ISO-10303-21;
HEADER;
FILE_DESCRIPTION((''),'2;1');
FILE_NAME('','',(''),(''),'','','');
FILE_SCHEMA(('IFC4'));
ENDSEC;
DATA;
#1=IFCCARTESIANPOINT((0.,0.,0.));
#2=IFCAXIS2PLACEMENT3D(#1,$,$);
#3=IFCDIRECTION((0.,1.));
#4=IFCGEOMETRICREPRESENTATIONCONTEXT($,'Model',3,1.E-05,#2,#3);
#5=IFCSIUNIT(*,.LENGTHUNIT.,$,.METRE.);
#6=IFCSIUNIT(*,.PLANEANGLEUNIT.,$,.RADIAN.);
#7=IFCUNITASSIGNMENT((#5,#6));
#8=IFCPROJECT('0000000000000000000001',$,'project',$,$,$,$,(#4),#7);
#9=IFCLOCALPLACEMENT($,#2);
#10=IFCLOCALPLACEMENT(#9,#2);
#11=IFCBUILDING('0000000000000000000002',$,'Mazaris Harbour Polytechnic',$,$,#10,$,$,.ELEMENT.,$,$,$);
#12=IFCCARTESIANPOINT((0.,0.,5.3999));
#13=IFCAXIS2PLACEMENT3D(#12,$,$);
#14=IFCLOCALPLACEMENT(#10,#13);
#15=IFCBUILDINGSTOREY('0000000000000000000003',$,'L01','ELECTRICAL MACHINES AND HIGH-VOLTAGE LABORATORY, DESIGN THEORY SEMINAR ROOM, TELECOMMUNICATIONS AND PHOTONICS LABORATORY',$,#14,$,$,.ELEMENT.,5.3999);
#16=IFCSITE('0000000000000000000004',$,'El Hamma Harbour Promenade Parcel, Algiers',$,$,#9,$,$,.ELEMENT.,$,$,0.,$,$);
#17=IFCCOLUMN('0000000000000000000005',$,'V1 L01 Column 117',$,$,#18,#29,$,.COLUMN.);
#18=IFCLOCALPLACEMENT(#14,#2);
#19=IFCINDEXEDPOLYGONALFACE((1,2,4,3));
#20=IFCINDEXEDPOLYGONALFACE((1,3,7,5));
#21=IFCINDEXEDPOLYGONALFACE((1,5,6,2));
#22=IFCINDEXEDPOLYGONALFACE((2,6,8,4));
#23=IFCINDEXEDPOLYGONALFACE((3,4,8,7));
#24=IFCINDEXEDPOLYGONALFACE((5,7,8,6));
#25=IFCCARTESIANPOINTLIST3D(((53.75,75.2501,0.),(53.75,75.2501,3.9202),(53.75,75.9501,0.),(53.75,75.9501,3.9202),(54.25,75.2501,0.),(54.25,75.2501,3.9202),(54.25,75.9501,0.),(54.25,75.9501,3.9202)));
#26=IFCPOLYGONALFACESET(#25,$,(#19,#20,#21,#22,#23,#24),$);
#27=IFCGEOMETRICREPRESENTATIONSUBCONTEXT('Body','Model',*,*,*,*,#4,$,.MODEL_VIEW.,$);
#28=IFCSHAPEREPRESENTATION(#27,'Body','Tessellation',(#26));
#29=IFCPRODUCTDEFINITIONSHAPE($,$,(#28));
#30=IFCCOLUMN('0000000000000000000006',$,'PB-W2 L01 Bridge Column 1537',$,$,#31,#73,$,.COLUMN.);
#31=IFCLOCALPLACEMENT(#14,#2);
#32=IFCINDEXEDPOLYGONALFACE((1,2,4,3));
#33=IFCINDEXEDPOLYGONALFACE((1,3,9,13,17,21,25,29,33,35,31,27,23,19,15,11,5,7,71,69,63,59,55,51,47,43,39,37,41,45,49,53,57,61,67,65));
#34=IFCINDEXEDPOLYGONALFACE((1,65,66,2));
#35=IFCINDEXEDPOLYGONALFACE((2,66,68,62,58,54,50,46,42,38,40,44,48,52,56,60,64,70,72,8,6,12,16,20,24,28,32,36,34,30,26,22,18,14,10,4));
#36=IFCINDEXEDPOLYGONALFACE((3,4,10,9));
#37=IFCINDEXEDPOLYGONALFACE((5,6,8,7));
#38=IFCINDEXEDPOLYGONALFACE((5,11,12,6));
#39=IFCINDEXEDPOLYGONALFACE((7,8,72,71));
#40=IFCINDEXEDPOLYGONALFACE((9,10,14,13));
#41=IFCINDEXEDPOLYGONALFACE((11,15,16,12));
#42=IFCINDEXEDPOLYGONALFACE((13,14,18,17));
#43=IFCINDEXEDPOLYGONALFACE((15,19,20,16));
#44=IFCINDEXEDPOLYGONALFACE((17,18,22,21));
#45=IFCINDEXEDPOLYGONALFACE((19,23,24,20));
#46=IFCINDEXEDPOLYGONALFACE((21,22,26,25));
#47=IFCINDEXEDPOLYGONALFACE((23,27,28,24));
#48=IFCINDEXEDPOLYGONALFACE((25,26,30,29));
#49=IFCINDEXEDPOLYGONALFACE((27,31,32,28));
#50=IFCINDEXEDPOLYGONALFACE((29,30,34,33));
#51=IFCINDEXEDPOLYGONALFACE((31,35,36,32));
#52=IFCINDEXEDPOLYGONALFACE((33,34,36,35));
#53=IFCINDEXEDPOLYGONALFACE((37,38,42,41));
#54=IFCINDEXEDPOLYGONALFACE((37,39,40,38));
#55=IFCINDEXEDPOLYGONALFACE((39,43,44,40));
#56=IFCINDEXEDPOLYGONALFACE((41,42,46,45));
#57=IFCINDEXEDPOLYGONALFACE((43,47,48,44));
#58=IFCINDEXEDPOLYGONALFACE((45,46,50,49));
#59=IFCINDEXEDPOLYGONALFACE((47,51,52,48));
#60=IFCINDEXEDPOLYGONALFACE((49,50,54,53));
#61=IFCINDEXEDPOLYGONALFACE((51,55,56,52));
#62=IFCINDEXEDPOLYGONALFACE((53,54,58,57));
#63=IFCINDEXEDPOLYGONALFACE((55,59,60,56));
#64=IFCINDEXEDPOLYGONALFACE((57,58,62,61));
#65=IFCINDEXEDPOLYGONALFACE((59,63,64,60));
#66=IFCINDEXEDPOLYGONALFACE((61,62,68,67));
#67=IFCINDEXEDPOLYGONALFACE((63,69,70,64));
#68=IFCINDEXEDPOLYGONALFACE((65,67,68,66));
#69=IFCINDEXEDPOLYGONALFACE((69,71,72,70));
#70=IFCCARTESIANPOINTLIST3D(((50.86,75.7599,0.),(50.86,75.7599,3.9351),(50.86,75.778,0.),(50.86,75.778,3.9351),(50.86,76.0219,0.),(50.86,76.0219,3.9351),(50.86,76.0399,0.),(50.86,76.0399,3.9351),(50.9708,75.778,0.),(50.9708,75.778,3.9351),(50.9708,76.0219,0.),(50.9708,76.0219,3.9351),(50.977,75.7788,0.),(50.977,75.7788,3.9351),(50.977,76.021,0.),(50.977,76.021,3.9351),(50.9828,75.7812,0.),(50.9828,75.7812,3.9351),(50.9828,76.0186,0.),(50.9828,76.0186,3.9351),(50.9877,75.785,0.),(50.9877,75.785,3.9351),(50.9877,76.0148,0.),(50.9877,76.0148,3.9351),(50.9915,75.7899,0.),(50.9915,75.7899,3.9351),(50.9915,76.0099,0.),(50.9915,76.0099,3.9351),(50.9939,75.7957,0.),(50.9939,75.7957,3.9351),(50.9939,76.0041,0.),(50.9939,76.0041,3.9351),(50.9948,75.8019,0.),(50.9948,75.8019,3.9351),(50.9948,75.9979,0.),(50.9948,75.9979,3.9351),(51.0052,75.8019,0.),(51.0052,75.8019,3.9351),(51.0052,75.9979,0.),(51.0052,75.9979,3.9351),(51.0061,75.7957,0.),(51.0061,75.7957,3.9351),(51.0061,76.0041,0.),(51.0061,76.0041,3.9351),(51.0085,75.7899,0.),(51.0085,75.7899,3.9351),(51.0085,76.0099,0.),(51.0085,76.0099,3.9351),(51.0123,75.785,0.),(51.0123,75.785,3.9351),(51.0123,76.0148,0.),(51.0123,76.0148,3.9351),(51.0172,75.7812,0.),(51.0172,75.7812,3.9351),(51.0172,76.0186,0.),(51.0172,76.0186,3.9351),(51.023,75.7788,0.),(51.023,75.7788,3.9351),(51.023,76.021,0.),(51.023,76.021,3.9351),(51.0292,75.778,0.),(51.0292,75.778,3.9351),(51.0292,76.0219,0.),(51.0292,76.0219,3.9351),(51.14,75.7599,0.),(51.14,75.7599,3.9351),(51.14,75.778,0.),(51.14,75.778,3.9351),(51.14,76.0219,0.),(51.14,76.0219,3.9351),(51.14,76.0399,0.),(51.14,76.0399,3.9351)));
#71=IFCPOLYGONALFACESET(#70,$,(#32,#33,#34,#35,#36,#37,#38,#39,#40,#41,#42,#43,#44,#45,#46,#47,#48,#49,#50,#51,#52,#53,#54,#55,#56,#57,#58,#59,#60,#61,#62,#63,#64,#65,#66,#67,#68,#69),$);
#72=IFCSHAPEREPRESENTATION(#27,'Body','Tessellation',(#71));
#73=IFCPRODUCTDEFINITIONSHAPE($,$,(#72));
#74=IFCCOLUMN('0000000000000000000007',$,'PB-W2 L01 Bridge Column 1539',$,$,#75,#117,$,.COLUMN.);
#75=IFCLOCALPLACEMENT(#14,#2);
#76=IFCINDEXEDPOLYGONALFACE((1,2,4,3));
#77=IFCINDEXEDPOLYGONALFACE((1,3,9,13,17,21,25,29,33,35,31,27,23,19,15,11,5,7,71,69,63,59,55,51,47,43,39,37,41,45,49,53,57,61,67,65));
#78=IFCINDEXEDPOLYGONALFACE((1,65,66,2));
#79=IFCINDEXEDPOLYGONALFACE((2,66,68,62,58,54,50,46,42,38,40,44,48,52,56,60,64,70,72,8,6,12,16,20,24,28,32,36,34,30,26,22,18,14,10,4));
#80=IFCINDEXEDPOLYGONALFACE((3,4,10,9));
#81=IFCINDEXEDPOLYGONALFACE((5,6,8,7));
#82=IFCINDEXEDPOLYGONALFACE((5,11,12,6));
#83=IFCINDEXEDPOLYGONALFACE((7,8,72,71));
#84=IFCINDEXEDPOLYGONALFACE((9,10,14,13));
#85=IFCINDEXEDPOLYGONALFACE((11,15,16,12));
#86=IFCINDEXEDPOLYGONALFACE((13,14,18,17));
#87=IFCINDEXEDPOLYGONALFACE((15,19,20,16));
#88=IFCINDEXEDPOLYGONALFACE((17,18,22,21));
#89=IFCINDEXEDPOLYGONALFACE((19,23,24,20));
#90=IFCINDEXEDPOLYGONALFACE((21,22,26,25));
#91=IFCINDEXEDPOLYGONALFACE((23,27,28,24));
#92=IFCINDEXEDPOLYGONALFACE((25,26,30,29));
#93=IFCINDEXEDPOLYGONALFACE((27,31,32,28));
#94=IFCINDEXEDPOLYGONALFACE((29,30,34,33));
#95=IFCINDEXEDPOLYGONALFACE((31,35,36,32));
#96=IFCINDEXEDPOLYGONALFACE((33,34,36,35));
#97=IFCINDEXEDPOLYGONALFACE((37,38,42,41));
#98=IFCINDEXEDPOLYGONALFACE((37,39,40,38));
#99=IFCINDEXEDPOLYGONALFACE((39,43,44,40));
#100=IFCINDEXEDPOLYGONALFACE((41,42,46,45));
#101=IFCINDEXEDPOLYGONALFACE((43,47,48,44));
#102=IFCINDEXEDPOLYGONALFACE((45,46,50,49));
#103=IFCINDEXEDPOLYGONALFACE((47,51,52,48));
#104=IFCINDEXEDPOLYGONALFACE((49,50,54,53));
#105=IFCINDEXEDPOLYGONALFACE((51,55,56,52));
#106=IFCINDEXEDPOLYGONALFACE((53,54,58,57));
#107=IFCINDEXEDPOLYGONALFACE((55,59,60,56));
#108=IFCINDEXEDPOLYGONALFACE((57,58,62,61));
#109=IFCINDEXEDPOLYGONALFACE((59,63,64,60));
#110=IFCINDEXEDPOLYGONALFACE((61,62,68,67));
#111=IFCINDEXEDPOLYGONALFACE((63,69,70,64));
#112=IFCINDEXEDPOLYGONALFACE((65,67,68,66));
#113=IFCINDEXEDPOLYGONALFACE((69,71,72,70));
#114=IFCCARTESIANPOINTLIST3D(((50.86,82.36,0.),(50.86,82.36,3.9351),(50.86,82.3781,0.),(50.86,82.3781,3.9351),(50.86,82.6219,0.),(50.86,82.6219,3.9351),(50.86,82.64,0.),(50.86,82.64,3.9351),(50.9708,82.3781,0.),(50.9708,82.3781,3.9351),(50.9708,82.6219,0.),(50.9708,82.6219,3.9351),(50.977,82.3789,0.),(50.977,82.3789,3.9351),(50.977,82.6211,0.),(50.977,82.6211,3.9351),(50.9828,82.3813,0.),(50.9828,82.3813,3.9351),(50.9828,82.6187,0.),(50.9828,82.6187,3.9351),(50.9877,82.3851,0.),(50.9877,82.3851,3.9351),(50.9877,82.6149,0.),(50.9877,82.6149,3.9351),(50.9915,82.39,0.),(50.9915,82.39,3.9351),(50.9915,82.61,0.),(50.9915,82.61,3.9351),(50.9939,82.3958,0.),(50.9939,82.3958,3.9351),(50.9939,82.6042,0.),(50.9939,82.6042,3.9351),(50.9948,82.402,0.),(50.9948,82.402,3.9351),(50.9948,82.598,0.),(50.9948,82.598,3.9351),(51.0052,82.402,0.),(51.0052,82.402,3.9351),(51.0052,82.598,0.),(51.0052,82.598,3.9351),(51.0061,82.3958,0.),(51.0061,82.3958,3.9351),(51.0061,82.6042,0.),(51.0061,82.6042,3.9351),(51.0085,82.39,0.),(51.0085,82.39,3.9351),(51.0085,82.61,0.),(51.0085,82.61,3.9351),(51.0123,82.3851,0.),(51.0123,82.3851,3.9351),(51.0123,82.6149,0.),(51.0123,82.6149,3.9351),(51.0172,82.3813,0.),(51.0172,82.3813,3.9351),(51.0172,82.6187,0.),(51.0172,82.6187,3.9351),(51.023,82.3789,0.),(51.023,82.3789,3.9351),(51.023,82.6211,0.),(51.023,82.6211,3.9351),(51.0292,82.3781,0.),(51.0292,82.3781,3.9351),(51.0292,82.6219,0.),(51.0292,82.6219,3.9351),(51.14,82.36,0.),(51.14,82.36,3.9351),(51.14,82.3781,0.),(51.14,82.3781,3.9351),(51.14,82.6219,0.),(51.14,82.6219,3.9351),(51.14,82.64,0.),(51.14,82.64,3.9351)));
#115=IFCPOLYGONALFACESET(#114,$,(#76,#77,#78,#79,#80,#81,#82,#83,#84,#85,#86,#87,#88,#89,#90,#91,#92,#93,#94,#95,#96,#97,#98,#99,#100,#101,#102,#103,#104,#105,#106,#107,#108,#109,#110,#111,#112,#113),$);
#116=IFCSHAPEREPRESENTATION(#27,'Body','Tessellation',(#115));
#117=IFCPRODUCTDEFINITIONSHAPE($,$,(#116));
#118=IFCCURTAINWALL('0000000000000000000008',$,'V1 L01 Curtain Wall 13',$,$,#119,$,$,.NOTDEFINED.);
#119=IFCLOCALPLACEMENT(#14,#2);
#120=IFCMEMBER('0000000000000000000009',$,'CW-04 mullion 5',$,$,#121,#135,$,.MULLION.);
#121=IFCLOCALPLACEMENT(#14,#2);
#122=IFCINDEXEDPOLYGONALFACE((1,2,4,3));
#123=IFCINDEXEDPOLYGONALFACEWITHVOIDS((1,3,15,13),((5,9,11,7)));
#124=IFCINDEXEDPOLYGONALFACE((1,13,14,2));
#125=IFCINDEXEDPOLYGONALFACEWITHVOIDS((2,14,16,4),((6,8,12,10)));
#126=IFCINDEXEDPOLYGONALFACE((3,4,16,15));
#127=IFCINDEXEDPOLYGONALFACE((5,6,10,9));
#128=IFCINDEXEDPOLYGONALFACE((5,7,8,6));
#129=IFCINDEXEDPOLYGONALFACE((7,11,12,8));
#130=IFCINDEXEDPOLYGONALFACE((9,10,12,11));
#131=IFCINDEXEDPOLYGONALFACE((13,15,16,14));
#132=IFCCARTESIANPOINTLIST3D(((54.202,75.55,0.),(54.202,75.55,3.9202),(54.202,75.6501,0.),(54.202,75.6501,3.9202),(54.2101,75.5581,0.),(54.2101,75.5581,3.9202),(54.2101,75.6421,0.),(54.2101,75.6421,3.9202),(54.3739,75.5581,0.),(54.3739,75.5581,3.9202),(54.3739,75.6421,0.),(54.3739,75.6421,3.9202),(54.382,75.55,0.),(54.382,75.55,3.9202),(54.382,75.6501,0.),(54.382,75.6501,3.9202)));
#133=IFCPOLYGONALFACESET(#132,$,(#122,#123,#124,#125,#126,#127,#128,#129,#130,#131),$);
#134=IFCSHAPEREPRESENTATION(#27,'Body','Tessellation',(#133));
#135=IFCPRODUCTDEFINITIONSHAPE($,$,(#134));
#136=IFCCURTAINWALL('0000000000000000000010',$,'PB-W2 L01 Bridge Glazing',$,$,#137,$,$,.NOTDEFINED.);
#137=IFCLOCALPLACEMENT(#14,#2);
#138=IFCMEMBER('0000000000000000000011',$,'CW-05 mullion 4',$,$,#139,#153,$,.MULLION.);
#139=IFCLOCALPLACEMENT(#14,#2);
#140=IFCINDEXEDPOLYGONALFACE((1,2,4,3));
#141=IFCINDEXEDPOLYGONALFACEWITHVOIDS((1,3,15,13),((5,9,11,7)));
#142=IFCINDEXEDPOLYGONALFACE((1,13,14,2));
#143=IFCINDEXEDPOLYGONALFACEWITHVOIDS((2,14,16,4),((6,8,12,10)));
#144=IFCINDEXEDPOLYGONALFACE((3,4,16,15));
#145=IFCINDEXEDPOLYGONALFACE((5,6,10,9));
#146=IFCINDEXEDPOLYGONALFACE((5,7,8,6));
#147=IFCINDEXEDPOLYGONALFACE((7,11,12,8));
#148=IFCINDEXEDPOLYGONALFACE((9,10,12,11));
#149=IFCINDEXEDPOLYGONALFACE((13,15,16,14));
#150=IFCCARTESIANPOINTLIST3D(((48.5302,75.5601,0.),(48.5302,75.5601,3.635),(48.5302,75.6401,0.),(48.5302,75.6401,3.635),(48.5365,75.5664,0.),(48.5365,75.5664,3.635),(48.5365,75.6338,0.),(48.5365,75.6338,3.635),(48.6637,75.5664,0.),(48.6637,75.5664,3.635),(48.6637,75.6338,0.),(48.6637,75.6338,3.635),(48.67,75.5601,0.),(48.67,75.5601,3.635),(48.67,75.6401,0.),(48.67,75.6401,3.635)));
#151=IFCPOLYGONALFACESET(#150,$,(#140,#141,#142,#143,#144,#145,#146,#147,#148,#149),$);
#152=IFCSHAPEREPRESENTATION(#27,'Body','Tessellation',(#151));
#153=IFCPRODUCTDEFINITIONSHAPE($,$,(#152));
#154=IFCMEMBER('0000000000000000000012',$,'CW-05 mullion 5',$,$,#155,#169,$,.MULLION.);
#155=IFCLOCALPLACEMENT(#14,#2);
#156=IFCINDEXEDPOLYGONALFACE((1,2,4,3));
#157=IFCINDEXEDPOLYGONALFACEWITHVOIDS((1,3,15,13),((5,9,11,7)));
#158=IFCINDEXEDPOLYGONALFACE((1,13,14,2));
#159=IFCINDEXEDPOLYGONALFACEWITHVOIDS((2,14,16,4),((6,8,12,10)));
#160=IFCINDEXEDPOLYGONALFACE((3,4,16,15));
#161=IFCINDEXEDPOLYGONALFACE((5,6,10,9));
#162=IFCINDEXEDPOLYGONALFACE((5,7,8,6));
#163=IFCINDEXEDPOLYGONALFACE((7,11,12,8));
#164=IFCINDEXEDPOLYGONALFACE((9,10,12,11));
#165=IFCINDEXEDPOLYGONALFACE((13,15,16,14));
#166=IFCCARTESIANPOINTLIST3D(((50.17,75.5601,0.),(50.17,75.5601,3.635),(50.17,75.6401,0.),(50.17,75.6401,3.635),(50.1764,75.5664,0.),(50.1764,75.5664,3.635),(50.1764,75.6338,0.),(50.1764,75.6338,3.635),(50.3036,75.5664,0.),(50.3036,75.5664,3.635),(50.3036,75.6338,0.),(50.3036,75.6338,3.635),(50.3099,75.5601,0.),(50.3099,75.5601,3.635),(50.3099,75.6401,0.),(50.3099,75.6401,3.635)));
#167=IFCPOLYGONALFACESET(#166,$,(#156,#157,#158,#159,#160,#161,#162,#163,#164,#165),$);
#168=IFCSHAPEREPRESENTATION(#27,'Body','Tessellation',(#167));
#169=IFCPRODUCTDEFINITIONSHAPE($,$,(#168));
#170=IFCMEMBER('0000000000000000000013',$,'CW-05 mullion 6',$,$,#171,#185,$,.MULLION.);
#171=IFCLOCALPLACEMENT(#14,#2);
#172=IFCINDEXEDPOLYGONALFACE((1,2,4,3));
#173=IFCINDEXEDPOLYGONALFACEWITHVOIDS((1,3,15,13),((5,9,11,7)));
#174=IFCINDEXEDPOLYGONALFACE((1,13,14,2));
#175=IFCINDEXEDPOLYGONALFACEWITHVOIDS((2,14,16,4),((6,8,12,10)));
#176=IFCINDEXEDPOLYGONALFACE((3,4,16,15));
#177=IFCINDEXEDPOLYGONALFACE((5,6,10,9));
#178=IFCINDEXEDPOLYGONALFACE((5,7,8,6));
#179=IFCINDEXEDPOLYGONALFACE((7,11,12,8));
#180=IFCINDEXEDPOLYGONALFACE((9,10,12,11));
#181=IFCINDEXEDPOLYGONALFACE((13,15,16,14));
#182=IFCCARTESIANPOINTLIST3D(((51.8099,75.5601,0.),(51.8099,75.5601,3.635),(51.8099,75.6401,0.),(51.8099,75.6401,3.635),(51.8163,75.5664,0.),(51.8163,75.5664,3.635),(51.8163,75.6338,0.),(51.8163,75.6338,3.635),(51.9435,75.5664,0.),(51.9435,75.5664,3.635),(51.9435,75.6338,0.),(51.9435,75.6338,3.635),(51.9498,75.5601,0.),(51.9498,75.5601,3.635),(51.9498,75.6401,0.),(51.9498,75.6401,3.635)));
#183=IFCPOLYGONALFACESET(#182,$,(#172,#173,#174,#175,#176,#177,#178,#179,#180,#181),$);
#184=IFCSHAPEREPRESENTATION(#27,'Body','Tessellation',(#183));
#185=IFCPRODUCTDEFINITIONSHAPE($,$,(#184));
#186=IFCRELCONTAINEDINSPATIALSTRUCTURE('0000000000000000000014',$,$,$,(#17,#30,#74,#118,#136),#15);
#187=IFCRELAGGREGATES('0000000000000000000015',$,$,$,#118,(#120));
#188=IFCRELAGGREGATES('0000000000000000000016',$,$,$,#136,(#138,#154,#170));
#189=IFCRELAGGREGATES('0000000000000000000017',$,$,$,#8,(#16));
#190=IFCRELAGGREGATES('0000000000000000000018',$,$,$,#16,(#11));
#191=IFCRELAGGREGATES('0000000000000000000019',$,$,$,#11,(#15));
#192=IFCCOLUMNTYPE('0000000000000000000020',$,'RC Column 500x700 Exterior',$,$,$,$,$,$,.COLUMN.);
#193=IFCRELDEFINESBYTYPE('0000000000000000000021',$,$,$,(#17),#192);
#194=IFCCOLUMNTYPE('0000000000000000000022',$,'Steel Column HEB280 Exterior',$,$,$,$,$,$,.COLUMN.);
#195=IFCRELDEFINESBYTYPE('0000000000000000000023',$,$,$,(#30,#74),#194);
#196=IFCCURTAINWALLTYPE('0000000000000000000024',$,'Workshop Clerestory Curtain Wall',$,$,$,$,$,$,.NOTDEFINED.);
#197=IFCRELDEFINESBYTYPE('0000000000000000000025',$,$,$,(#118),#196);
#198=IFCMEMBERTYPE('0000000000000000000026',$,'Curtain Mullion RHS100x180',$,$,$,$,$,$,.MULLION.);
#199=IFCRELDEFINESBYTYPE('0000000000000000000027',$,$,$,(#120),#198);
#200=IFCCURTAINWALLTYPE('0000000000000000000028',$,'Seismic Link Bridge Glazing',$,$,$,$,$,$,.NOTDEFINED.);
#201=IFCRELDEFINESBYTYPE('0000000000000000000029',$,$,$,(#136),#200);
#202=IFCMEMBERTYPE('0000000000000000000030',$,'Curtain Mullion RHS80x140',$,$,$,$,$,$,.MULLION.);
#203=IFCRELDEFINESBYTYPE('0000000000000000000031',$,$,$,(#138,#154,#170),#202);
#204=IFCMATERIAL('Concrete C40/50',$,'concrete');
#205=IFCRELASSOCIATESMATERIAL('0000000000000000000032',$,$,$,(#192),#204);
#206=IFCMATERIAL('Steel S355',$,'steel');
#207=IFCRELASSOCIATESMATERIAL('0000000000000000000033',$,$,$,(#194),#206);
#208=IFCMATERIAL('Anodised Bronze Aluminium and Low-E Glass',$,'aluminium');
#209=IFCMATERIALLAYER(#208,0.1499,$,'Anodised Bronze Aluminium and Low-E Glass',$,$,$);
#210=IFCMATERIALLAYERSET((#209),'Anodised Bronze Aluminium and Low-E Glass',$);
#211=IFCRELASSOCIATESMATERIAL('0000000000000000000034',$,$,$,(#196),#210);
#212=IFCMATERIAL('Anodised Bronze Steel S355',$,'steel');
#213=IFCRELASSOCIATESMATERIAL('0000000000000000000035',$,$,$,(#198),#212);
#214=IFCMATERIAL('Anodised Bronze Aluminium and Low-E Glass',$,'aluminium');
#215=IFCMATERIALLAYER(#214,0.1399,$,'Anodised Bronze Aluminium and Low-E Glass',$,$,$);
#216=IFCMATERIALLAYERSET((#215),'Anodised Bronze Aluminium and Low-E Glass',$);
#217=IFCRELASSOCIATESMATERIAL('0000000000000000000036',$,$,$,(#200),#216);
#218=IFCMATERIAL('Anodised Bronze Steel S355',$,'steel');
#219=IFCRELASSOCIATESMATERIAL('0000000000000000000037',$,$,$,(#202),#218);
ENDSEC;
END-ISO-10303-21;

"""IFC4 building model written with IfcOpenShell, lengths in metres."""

from ifc_helpers import new_model, si_unit, direction, frame, origin, origin_2d, place, context, subcontext, project, spatial, rectangle, hollow_rectangle, i_section, extrude, material, layer, layer_set, material_profile, profile_set, type_object, element, aggregate, save


model = new_model("IFC4")

# Units and contexts
model_context = context("Model", 3, precision=1e-05, world=origin(), true_north=direction((0.0, 1.0)))
body_context = subcontext(model_context, "Body", "Model", "MODEL_VIEW")
ifc_project = project(units=[si_unit("LENGTHUNIT", "METRE"), si_unit("PLANEANGLEUNIT", "RADIAN")], contexts=[model_context])

# Site, building, storey
site_placement = place(None, origin())
site = spatial("IfcSite", under=ifc_project, at=site_placement, Name="El Hamma Harbour Promenade Parcel, Algiers", CompositionType="ELEMENT", RefElevation=0.0)
building_placement = place(site_placement, origin())
building = spatial("IfcBuilding", under=site, at=building_placement, Name="Mazaris Harbour Polytechnic", CompositionType="ELEMENT")
storey_placement = place(building_placement, frame((0.0, 0.0, 5.3999)))
storey = spatial("IfcBuildingStorey", under=building, at=storey_placement, Name="L01", Description="ELECTRICAL MACHINES AND HIGH-VOLTAGE LABORATORY, DESIGN THEORY SEMINAR ROOM, TELECOMMUNICATIONS AND PHOTONICS LABORATORY", CompositionType="ELEMENT", Elevation=5.3999)

# Columns
ifc_material_1 = material(Name="Concrete C40/50", Category="concrete")
ifc_material_profile_1 = material_profile(ifc_material_1, rectangle(XDim=0.5, YDim=0.7, at=origin_2d()), Name="RECT500x700")
ifc_profile_set_1 = profile_set([ifc_material_profile_1], Name="Concrete C40/50")
column_type_1 = type_object("IfcColumnType", Name="RC Column 500x700 Exterior", PredefinedType="COLUMN", material=ifc_profile_set_1)
column_placement = place(storey_placement, frame((54.0, 75.6001, 0.0), z_axis=(0.0, 0.0, 1.0), x_axis=(1.0, 0.0, 0.0)))
element("IfcColumn", 1, at=column_placement, inside=storey, type_object=column_type_1, Name="V1 L01 Column 117", PredefinedType="COLUMN", context=body_context, shape_type="SweptSolid", body=[
    extrude(rectangle(XDim=0.5, YDim=0.7, at=origin_2d()), origin(), (0.0, 0.0, 1.0), 3.9202),
])
ifc_material_2 = material(Name="Steel S355", Category="steel")
ifc_material_profile_2 = material_profile(ifc_material_2, i_section(OverallWidth=0.28, OverallDepth=0.28, WebThickness=0.0105, FlangeThickness=0.0181, FilletRadius=0.0239, at=origin_2d()), Name="HEB 280")
ifc_profile_set_2 = profile_set([ifc_material_profile_2], Name="Steel S355")
column_type_2 = type_object("IfcColumnType", Name="Steel Column HEB280 Exterior", PredefinedType="COLUMN", material=ifc_profile_set_2)
for number, where, z_axis, x_axis, name in (
    (2, (51.0, 75.8999, 0.0), (0.0, 0.0, 1.0), (1.0, 0.0, 0.0), "PB-W2 L01 Bridge Column 1537"),
    (3, (51.0, 82.5, 0.0), (0.0, 0.0, 1.0), (1.0, 0.0, 0.0), "PB-W2 L01 Bridge Column 1539"),
):
    element("IfcColumn", number, at=place(storey_placement, frame(where, z_axis=z_axis, x_axis=x_axis)), inside=storey, type_object=column_type_2, Name=name, PredefinedType="COLUMN", context=body_context, shape_type="SweptSolid", body=[
        extrude(i_section(OverallWidth=0.28, OverallDepth=0.28, WebThickness=0.0105, FlangeThickness=0.0181, FilletRadius=0.0239, at=origin_2d()), origin(), (0.0, 0.0, 1.0), 3.9351),
    ])

# Curtain wall, member
ifc_material_3 = material(Name="Anodised Bronze Aluminium and Low-E Glass", Category="aluminium")
ifc_layer_1 = layer(ifc_material_3, 0.1499, Name="Anodised Bronze Aluminium and Low-E Glass")
ifc_layer_set_1 = layer_set([ifc_layer_1], Name="Anodised Bronze Aluminium and Low-E Glass")
curtain_wall_type_1 = type_object("IfcCurtainWallType", Name="Workshop Clerestory Curtain Wall", PredefinedType="NOTDEFINED", material=ifc_layer_set_1)
curtain_wall_1_placement = place(storey_placement, origin())
curtain_wall_1 = element("IfcCurtainWall", 4, at=curtain_wall_1_placement, inside=storey, type_object=curtain_wall_type_1, Name="V1 L01 Curtain Wall 13", PredefinedType="NOTDEFINED")
ifc_material_4 = material(Name="Anodised Bronze Steel S355", Category="steel")
ifc_material_profile_3 = material_profile(ifc_material_4, hollow_rectangle(XDim=0.1001, YDim=0.1799, WallThickness=0.0081, at=origin_2d()), Name="RHS 100x180x8.0")
ifc_profile_set_3 = profile_set([ifc_material_profile_3], Name="Anodised Bronze Steel S355")
member_type_1 = type_object("IfcMemberType", Name="Curtain Mullion RHS100x180", PredefinedType="MULLION", material=ifc_profile_set_3)
member_1_placement = place(storey_placement, frame((54.292, 75.6001, 0.0), z_axis=(0.0, 0.0, 1.0), x_axis=(0.0, -1.0, 0.0)))
member_1 = element("IfcMember", 5, at=member_1_placement, type_object=member_type_1, Name="CW-04 mullion 5", PredefinedType="MULLION", context=body_context, shape_type="SweptSolid", body=[
    extrude(hollow_rectangle(XDim=0.1001, YDim=0.1799, WallThickness=0.0081, at=origin_2d()), origin(), (0.0, 0.0, 1.0), 3.9202),
])

# Curtain wall, members
ifc_material_5 = material(Name="Anodised Bronze Aluminium and Low-E Glass", Category="aluminium")
ifc_layer_2 = layer(ifc_material_5, 0.1399, Name="Anodised Bronze Aluminium and Low-E Glass")
ifc_layer_set_2 = layer_set([ifc_layer_2], Name="Anodised Bronze Aluminium and Low-E Glass")
curtain_wall_type_2 = type_object("IfcCurtainWallType", Name="Seismic Link Bridge Glazing", PredefinedType="NOTDEFINED", material=ifc_layer_set_2)
curtain_wall_2_placement = place(storey_placement, origin())
curtain_wall_2 = element("IfcCurtainWall", 6, at=curtain_wall_2_placement, inside=storey, type_object=curtain_wall_type_2, Name="PB-W2 L01 Bridge Glazing", PredefinedType="NOTDEFINED")
ifc_material_6 = material(Name="Anodised Bronze Steel S355", Category="steel")
ifc_material_profile_4 = material_profile(ifc_material_6, hollow_rectangle(XDim=0.0801, YDim=0.1399, WallThickness=0.0063, at=origin_2d()), Name="RHS 80x140x6.3")
ifc_profile_set_4 = profile_set([ifc_material_profile_4], Name="Anodised Bronze Steel S355")
member_type_2 = type_object("IfcMemberType", Name="Curtain Mullion RHS80x140", PredefinedType="MULLION", material=ifc_profile_set_4)
member_2_placement = place(storey_placement, frame((48.6001, 75.6001, 0.0), z_axis=(0.0, 0.0, 1.0), x_axis=(0.0, 1.0, 0.0)))
member_2 = element("IfcMember", 7, at=member_2_placement, type_object=member_type_2, Name="CW-05 mullion 4", PredefinedType="MULLION", context=body_context, shape_type="SweptSolid", body=[
    extrude(hollow_rectangle(XDim=0.0801, YDim=0.1399, WallThickness=0.0063, at=origin_2d()), origin(), (0.0, 0.0, 1.0), 3.635),
])
member_3_placement = place(storey_placement, frame((50.24, 75.6001, 0.0), z_axis=(0.0, 0.0, 1.0), x_axis=(0.0, 1.0, 0.0)))
member_3 = element("IfcMember", 8, at=member_3_placement, type_object=member_type_2, Name="CW-05 mullion 5", PredefinedType="MULLION", context=body_context, shape_type="SweptSolid", body=[
    extrude(hollow_rectangle(XDim=0.0801, YDim=0.1399, WallThickness=0.0063, at=origin_2d()), origin(), (0.0, 0.0, 1.0), 3.635),
])
member_4_placement = place(storey_placement, frame((51.8799, 75.6001, 0.0), z_axis=(0.0, 0.0, 1.0), x_axis=(0.0, 1.0, 0.0)))
member_4 = element("IfcMember", 9, at=member_4_placement, type_object=member_type_2, Name="CW-05 mullion 6", PredefinedType="MULLION", context=body_context, shape_type="SweptSolid", body=[
    extrude(hollow_rectangle(XDim=0.0801, YDim=0.1399, WallThickness=0.0063, at=origin_2d()), origin(), (0.0, 0.0, 1.0), 3.635),
])

aggregate(curtain_wall_1, [member_1])
aggregate(curtain_wall_2, [member_2, member_3, member_4])

save(model, "model.ifc")
